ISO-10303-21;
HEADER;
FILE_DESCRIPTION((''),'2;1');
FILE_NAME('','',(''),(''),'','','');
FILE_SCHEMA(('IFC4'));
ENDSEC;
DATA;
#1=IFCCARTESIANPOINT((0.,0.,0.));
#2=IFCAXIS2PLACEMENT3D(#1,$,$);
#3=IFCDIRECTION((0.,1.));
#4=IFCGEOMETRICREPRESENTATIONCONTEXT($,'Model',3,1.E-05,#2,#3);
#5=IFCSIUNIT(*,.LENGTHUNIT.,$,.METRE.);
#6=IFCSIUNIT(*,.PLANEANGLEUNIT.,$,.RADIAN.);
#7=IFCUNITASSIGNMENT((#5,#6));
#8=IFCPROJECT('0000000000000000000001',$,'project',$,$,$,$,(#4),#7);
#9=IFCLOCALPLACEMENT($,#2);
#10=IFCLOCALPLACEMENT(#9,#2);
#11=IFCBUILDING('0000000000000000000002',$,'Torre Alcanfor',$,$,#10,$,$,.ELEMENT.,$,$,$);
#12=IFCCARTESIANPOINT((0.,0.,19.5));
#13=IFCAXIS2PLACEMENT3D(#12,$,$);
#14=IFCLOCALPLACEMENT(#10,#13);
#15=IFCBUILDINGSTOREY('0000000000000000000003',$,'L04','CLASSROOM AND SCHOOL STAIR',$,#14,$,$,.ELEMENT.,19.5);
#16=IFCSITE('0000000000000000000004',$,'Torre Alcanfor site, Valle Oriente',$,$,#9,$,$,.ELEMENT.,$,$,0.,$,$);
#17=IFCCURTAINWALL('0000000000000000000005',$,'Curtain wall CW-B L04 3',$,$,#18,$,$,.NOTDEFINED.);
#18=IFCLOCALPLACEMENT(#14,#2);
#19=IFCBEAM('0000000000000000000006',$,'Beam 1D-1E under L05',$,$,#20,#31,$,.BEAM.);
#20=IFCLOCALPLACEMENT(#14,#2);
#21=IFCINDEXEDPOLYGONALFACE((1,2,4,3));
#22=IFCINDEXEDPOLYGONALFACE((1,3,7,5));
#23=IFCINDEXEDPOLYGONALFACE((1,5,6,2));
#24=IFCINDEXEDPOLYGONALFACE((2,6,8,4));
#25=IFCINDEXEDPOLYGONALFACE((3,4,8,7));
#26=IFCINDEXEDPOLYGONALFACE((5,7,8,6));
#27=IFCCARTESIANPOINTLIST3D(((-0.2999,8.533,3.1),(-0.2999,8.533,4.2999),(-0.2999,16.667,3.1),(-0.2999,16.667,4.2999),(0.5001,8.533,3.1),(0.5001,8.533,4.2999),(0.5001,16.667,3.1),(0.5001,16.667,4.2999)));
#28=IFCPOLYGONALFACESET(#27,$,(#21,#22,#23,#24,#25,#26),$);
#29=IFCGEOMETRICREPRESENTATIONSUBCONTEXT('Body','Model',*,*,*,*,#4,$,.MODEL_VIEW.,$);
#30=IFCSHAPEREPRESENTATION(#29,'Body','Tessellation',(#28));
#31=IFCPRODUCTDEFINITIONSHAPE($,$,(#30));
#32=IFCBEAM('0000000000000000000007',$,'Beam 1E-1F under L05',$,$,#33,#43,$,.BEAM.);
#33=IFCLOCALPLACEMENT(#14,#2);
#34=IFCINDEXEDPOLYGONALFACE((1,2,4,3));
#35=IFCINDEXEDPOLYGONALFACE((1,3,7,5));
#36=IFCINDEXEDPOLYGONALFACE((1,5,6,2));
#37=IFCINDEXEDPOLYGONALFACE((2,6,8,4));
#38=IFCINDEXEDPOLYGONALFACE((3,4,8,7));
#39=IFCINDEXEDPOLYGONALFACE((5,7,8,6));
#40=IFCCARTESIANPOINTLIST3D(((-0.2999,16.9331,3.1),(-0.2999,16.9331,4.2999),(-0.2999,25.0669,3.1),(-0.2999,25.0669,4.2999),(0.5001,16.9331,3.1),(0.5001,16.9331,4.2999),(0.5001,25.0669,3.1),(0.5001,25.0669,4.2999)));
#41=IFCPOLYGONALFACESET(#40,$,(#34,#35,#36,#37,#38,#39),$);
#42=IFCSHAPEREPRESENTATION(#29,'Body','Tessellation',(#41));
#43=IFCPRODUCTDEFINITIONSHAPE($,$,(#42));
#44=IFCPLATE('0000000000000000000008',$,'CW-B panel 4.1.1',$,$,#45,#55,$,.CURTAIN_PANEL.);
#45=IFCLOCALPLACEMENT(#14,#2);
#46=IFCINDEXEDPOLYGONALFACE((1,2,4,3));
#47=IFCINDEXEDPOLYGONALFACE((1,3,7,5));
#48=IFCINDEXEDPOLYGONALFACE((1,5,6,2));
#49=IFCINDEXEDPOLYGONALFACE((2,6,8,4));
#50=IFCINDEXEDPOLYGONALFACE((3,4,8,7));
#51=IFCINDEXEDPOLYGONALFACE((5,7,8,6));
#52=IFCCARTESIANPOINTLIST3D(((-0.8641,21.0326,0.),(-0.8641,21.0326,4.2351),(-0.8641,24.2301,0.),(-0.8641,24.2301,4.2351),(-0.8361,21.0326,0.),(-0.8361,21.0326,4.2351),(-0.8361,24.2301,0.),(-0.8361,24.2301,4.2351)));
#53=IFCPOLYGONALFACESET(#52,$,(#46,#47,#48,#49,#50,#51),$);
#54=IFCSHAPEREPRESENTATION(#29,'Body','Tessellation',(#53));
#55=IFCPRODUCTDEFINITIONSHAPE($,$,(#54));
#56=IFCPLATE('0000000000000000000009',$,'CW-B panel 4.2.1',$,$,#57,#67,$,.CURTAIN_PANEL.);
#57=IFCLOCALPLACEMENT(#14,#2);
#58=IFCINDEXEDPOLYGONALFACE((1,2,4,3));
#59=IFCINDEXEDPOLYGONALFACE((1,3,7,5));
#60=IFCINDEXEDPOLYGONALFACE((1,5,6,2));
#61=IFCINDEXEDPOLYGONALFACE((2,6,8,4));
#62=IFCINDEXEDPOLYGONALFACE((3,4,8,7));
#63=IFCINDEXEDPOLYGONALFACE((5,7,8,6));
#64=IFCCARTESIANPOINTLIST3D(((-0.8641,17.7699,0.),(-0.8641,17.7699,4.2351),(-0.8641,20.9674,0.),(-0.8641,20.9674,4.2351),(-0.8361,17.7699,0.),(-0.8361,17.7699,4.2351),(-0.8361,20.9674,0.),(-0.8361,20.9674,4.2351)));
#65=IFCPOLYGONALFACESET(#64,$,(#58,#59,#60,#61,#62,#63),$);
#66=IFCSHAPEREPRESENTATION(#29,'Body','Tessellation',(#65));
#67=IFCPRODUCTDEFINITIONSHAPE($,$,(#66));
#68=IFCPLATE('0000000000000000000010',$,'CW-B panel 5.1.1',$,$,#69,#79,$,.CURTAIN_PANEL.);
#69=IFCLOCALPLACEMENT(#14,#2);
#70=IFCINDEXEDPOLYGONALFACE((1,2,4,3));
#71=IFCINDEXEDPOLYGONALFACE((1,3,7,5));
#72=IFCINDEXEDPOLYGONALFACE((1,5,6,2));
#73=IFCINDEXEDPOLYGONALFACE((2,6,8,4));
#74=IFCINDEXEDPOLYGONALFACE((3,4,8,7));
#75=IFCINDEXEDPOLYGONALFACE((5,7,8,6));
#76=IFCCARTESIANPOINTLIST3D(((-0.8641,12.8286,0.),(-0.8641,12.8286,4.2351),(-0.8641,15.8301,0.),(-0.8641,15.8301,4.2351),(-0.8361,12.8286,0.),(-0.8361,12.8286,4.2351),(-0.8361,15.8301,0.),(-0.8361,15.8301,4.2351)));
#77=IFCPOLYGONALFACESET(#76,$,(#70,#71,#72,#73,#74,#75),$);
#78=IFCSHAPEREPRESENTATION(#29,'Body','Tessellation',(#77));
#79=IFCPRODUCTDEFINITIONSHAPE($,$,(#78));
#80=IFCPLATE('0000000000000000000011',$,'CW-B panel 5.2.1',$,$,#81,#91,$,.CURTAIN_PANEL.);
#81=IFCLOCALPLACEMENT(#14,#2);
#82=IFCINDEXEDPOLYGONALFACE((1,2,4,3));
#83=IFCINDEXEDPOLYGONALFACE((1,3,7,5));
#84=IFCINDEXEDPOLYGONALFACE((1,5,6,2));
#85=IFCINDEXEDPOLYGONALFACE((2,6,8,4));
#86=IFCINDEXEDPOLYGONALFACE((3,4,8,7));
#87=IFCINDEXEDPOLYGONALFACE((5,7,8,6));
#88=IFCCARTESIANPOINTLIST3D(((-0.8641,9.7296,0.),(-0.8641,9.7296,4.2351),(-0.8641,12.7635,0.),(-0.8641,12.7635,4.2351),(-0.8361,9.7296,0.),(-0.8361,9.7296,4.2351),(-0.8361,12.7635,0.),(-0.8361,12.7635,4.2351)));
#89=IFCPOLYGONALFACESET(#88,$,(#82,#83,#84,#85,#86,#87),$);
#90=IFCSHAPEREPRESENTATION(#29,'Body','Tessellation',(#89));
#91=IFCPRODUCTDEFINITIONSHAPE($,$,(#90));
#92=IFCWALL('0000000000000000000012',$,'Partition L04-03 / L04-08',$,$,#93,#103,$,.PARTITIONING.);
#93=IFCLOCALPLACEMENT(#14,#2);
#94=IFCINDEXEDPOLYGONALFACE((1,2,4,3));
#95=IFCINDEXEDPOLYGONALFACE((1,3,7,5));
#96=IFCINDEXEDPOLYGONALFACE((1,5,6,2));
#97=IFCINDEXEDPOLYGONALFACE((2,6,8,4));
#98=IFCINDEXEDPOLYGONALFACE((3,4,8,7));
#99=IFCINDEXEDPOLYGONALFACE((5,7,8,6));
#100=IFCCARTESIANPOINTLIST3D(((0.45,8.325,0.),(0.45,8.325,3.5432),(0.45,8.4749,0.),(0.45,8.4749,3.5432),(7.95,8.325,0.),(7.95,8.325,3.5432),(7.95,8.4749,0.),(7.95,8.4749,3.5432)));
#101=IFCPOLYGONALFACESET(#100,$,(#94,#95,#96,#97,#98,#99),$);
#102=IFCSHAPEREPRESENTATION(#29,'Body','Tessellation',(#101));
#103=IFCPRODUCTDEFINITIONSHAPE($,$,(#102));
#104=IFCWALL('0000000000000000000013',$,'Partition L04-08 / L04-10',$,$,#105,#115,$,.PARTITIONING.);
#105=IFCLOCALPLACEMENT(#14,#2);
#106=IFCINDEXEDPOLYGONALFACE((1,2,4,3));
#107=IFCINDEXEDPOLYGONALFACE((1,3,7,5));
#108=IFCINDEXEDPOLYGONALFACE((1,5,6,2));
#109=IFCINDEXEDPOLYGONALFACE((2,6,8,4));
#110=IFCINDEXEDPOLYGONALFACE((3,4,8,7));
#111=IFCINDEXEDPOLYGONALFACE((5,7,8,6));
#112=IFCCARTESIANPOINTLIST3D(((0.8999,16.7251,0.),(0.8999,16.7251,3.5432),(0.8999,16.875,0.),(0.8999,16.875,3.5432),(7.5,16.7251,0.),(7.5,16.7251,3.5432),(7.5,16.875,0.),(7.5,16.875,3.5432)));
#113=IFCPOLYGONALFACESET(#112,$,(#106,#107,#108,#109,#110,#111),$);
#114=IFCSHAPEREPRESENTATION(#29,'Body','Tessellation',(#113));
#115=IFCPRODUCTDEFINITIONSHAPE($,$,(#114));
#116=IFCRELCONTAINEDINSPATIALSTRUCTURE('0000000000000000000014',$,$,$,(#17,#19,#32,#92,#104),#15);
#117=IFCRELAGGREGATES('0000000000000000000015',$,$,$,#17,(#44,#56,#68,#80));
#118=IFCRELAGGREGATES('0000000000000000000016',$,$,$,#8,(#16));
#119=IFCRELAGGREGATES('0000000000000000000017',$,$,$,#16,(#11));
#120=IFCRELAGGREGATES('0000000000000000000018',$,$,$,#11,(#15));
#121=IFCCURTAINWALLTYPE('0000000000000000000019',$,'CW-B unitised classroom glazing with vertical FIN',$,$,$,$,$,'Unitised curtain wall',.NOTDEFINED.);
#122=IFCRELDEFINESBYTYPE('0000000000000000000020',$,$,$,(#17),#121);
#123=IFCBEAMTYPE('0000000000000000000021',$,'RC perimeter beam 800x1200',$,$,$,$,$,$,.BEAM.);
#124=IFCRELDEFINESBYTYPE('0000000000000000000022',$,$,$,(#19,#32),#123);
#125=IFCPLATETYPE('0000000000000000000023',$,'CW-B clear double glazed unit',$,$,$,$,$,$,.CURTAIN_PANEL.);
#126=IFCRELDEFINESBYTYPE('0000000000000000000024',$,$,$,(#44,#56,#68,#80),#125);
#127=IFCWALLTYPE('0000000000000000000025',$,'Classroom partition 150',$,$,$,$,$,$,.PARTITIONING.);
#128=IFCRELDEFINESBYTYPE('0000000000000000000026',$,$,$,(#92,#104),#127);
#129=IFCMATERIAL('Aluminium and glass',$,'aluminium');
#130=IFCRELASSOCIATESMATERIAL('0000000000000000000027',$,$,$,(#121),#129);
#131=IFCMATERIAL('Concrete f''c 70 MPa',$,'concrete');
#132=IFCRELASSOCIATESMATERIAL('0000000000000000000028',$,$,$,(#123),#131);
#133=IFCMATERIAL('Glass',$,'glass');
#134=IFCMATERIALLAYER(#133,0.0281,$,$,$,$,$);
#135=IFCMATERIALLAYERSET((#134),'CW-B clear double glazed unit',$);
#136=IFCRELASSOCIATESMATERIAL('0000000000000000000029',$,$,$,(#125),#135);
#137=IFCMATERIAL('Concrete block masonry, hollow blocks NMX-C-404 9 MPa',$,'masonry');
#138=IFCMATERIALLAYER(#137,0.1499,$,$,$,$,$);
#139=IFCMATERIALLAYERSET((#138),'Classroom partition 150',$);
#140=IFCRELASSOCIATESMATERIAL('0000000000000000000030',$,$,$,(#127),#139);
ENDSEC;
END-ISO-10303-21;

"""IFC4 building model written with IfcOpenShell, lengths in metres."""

from ifc_helpers import new_model, si_unit, direction, frame, frame_2d, origin, origin_2d, place, context, subcontext, project, spatial, rectangle, extrude, material, layer, layer_set, material_profile, profile_set, type_object, element, aggregate, save


model = new_model("IFC4")

# Units and contexts
model_context = context("Model", 3, precision=1e-05, world=origin(), true_north=direction((0.0, 1.0)))
body_context = subcontext(model_context, "Body", "Model", "MODEL_VIEW")
ifc_project = project(units=[si_unit("LENGTHUNIT", "METRE"), si_unit("PLANEANGLEUNIT", "RADIAN")], contexts=[model_context])

# Site, building, storey
site_placement = place(None, origin())
site = spatial("IfcSite", under=ifc_project, at=site_placement, Name="Torre Alcanfor site, Valle Oriente", CompositionType="ELEMENT", RefElevation=0.0)
building_placement = place(site_placement, origin())
building = spatial("IfcBuilding", under=site, at=building_placement, Name="Torre Alcanfor", CompositionType="ELEMENT")
storey_placement = place(building_placement, frame((0.0, 0.0, 19.5)))
storey = spatial("IfcBuildingStorey", under=building, at=storey_placement, Name="L04", Description="CLASSROOM AND SCHOOL STAIR", CompositionType="ELEMENT", Elevation=19.5)

# Curtain wall
ifc_material_1 = material(Name="Aluminium and glass", Category="aluminium")
curtain_wall_type = type_object("IfcCurtainWallType", Name="CW-B unitised classroom glazing with vertical FIN", ElementType="Unitised curtain wall", PredefinedType="NOTDEFINED", material=ifc_material_1)
curtain_wall_placement = place(storey_placement, origin())
curtain_wall = element("IfcCurtainWall", 1, at=curtain_wall_placement, inside=storey, type_object=curtain_wall_type, Name="Curtain wall CW-B L04 3", PredefinedType="NOTDEFINED")

# Beams
ifc_material_2 = material(Name="Concrete f'c 70 MPa", Category="concrete")
ifc_material_profile_1 = material_profile(ifc_material_2, rectangle(XDim=0.8, YDim=1.2, at=origin_2d()), Name="800x1200")
ifc_profile_set_1 = profile_set([ifc_material_profile_1], Name="Concrete f'c 70 MPa")
beam_type_1 = type_object("IfcBeamType", Name="RC perimeter beam 800x1200", PredefinedType="BEAM", material=ifc_profile_set_1)
beam_1_placement = place(storey_placement, frame((0.1001, 8.533, 3.7), z_axis=(0.0, 1.0, 0.0), x_axis=(-1.0, 0.0, 0.0)))
element("IfcBeam", 2, at=beam_1_placement, inside=storey, type_object=beam_type_1, Name="Beam 1D-1E under L05", PredefinedType="BEAM", context=body_context, shape_type="SweptSolid", body=[
    extrude(rectangle(XDim=0.8, YDim=1.2, at=origin_2d()), origin(), (0.0, 0.0, 1.0), 8.134),
])
beam_2_placement = place(storey_placement, frame((0.1001, 16.9331, 3.7), z_axis=(0.0, 1.0, 0.0), x_axis=(-1.0, 0.0, 0.0)))
element("IfcBeam", 3, at=beam_2_placement, inside=storey, type_object=beam_type_1, Name="Beam 1E-1F under L05", PredefinedType="BEAM", context=body_context, shape_type="SweptSolid", body=[
    extrude(rectangle(XDim=0.8, YDim=1.2, at=origin_2d()), origin(), (0.0, 0.0, 1.0), 8.1338),
])

# Plates
ifc_material_3 = material(Name="Glass", Category="glass")
ifc_layer_1 = layer(ifc_material_3, 0.0281)
ifc_layer_set_1 = layer_set([ifc_layer_1], Name="CW-B clear double glazed unit")
plate_type = type_object("IfcPlateType", Name="CW-B clear double glazed unit", PredefinedType="CURTAIN_PANEL", material=ifc_layer_set_1)
plate_1_placement = place(storey_placement, frame((-0.8501, 22.6313, 0.0), z_axis=(0.0, 0.0, 1.0), x_axis=(0.0, -1.0, 0.0)))
plate_1 = element("IfcPlate", 4, at=plate_1_placement, type_object=plate_type, Name="CW-B panel 4.1.1", PredefinedType="CURTAIN_PANEL", context=body_context, shape_type="SweptSolid", body=[
    extrude(rectangle(XDim=3.1975, YDim=0.0281, at=origin_2d()), origin(), (0.0, 0.0, 1.0), 4.2351),
])
plate_2_placement = place(storey_placement, frame((-0.8501, 19.3687, 0.0), z_axis=(0.0, 0.0, 1.0), x_axis=(0.0, -1.0, 0.0)))
plate_2 = element("IfcPlate", 5, at=plate_2_placement, type_object=plate_type, Name="CW-B panel 4.2.1", PredefinedType="CURTAIN_PANEL", context=body_context, shape_type="SweptSolid", body=[
    extrude(rectangle(XDim=3.1975, YDim=0.0281, at=origin_2d()), origin(), (0.0, 0.0, 1.0), 4.2351),
])
plate_3_placement = place(storey_placement, frame((-0.8501, 14.3293, 0.0), z_axis=(0.0, 0.0, 1.0), x_axis=(0.0, -1.0, 0.0)))
plate_3 = element("IfcPlate", 6, at=plate_3_placement, type_object=plate_type, Name="CW-B panel 5.1.1", PredefinedType="CURTAIN_PANEL", context=body_context, shape_type="SweptSolid", body=[
    extrude(rectangle(XDim=3.0015, YDim=0.0281, at=origin_2d()), origin(), (0.0, 0.0, 1.0), 4.2351),
])
plate_4_placement = place(storey_placement, frame((-0.8501, 11.2466, 0.0), z_axis=(0.0, 0.0, 1.0), x_axis=(0.0, -1.0, 0.0)))
plate_4 = element("IfcPlate", 7, at=plate_4_placement, type_object=plate_type, Name="CW-B panel 5.2.1", PredefinedType="CURTAIN_PANEL", context=body_context, shape_type="SweptSolid", body=[
    extrude(rectangle(XDim=3.0339, YDim=0.0281, at=origin_2d()), origin(), (0.0, 0.0, 1.0), 4.2351),
])
aggregate(curtain_wall, [plate_1, plate_2, plate_3, plate_4])

# Walls
ifc_material_4 = material(Name="Concrete block masonry, hollow blocks NMX-C-404 9 MPa", Category="masonry")
ifc_layer_2 = layer(ifc_material_4, 0.1499)
ifc_layer_set_2 = layer_set([ifc_layer_2], Name="Classroom partition 150")
wall_type = type_object("IfcWallType", Name="Classroom partition 150", PredefinedType="PARTITIONING", material=ifc_layer_set_2)
wall_1_placement = place(storey_placement, frame((0.45, 8.3999, 0.0), z_axis=(0.0, 0.0, 1.0), x_axis=(1.0, 0.0, 0.0)))
element("IfcWall", 8, at=wall_1_placement, inside=storey, type_object=wall_type, Name="Partition L04-03 / L04-08", PredefinedType="PARTITIONING", context=body_context, shape_type="SweptSolid", body=[
    extrude(rectangle(XDim=7.5, YDim=0.1499, at=frame_2d((3.75, 0.0))), origin(), (0.0, 0.0, 1.0), 3.5432),
])
wall_2_placement = place(storey_placement, frame((0.8999, 16.8, 0.0), z_axis=(0.0, 0.0, 1.0), x_axis=(1.0, 0.0, 0.0)))
element("IfcWall", 9, at=wall_2_placement, inside=storey, type_object=wall_type, Name="Partition L04-08 / L04-10", PredefinedType="PARTITIONING", context=body_context, shape_type="SweptSolid", body=[
    extrude(rectangle(XDim=6.6001, YDim=0.1499, at=frame_2d((3.3, 0.0))), origin(), (0.0, 0.0, 1.0), 3.5432),
])

save(model, "model.ifc")
